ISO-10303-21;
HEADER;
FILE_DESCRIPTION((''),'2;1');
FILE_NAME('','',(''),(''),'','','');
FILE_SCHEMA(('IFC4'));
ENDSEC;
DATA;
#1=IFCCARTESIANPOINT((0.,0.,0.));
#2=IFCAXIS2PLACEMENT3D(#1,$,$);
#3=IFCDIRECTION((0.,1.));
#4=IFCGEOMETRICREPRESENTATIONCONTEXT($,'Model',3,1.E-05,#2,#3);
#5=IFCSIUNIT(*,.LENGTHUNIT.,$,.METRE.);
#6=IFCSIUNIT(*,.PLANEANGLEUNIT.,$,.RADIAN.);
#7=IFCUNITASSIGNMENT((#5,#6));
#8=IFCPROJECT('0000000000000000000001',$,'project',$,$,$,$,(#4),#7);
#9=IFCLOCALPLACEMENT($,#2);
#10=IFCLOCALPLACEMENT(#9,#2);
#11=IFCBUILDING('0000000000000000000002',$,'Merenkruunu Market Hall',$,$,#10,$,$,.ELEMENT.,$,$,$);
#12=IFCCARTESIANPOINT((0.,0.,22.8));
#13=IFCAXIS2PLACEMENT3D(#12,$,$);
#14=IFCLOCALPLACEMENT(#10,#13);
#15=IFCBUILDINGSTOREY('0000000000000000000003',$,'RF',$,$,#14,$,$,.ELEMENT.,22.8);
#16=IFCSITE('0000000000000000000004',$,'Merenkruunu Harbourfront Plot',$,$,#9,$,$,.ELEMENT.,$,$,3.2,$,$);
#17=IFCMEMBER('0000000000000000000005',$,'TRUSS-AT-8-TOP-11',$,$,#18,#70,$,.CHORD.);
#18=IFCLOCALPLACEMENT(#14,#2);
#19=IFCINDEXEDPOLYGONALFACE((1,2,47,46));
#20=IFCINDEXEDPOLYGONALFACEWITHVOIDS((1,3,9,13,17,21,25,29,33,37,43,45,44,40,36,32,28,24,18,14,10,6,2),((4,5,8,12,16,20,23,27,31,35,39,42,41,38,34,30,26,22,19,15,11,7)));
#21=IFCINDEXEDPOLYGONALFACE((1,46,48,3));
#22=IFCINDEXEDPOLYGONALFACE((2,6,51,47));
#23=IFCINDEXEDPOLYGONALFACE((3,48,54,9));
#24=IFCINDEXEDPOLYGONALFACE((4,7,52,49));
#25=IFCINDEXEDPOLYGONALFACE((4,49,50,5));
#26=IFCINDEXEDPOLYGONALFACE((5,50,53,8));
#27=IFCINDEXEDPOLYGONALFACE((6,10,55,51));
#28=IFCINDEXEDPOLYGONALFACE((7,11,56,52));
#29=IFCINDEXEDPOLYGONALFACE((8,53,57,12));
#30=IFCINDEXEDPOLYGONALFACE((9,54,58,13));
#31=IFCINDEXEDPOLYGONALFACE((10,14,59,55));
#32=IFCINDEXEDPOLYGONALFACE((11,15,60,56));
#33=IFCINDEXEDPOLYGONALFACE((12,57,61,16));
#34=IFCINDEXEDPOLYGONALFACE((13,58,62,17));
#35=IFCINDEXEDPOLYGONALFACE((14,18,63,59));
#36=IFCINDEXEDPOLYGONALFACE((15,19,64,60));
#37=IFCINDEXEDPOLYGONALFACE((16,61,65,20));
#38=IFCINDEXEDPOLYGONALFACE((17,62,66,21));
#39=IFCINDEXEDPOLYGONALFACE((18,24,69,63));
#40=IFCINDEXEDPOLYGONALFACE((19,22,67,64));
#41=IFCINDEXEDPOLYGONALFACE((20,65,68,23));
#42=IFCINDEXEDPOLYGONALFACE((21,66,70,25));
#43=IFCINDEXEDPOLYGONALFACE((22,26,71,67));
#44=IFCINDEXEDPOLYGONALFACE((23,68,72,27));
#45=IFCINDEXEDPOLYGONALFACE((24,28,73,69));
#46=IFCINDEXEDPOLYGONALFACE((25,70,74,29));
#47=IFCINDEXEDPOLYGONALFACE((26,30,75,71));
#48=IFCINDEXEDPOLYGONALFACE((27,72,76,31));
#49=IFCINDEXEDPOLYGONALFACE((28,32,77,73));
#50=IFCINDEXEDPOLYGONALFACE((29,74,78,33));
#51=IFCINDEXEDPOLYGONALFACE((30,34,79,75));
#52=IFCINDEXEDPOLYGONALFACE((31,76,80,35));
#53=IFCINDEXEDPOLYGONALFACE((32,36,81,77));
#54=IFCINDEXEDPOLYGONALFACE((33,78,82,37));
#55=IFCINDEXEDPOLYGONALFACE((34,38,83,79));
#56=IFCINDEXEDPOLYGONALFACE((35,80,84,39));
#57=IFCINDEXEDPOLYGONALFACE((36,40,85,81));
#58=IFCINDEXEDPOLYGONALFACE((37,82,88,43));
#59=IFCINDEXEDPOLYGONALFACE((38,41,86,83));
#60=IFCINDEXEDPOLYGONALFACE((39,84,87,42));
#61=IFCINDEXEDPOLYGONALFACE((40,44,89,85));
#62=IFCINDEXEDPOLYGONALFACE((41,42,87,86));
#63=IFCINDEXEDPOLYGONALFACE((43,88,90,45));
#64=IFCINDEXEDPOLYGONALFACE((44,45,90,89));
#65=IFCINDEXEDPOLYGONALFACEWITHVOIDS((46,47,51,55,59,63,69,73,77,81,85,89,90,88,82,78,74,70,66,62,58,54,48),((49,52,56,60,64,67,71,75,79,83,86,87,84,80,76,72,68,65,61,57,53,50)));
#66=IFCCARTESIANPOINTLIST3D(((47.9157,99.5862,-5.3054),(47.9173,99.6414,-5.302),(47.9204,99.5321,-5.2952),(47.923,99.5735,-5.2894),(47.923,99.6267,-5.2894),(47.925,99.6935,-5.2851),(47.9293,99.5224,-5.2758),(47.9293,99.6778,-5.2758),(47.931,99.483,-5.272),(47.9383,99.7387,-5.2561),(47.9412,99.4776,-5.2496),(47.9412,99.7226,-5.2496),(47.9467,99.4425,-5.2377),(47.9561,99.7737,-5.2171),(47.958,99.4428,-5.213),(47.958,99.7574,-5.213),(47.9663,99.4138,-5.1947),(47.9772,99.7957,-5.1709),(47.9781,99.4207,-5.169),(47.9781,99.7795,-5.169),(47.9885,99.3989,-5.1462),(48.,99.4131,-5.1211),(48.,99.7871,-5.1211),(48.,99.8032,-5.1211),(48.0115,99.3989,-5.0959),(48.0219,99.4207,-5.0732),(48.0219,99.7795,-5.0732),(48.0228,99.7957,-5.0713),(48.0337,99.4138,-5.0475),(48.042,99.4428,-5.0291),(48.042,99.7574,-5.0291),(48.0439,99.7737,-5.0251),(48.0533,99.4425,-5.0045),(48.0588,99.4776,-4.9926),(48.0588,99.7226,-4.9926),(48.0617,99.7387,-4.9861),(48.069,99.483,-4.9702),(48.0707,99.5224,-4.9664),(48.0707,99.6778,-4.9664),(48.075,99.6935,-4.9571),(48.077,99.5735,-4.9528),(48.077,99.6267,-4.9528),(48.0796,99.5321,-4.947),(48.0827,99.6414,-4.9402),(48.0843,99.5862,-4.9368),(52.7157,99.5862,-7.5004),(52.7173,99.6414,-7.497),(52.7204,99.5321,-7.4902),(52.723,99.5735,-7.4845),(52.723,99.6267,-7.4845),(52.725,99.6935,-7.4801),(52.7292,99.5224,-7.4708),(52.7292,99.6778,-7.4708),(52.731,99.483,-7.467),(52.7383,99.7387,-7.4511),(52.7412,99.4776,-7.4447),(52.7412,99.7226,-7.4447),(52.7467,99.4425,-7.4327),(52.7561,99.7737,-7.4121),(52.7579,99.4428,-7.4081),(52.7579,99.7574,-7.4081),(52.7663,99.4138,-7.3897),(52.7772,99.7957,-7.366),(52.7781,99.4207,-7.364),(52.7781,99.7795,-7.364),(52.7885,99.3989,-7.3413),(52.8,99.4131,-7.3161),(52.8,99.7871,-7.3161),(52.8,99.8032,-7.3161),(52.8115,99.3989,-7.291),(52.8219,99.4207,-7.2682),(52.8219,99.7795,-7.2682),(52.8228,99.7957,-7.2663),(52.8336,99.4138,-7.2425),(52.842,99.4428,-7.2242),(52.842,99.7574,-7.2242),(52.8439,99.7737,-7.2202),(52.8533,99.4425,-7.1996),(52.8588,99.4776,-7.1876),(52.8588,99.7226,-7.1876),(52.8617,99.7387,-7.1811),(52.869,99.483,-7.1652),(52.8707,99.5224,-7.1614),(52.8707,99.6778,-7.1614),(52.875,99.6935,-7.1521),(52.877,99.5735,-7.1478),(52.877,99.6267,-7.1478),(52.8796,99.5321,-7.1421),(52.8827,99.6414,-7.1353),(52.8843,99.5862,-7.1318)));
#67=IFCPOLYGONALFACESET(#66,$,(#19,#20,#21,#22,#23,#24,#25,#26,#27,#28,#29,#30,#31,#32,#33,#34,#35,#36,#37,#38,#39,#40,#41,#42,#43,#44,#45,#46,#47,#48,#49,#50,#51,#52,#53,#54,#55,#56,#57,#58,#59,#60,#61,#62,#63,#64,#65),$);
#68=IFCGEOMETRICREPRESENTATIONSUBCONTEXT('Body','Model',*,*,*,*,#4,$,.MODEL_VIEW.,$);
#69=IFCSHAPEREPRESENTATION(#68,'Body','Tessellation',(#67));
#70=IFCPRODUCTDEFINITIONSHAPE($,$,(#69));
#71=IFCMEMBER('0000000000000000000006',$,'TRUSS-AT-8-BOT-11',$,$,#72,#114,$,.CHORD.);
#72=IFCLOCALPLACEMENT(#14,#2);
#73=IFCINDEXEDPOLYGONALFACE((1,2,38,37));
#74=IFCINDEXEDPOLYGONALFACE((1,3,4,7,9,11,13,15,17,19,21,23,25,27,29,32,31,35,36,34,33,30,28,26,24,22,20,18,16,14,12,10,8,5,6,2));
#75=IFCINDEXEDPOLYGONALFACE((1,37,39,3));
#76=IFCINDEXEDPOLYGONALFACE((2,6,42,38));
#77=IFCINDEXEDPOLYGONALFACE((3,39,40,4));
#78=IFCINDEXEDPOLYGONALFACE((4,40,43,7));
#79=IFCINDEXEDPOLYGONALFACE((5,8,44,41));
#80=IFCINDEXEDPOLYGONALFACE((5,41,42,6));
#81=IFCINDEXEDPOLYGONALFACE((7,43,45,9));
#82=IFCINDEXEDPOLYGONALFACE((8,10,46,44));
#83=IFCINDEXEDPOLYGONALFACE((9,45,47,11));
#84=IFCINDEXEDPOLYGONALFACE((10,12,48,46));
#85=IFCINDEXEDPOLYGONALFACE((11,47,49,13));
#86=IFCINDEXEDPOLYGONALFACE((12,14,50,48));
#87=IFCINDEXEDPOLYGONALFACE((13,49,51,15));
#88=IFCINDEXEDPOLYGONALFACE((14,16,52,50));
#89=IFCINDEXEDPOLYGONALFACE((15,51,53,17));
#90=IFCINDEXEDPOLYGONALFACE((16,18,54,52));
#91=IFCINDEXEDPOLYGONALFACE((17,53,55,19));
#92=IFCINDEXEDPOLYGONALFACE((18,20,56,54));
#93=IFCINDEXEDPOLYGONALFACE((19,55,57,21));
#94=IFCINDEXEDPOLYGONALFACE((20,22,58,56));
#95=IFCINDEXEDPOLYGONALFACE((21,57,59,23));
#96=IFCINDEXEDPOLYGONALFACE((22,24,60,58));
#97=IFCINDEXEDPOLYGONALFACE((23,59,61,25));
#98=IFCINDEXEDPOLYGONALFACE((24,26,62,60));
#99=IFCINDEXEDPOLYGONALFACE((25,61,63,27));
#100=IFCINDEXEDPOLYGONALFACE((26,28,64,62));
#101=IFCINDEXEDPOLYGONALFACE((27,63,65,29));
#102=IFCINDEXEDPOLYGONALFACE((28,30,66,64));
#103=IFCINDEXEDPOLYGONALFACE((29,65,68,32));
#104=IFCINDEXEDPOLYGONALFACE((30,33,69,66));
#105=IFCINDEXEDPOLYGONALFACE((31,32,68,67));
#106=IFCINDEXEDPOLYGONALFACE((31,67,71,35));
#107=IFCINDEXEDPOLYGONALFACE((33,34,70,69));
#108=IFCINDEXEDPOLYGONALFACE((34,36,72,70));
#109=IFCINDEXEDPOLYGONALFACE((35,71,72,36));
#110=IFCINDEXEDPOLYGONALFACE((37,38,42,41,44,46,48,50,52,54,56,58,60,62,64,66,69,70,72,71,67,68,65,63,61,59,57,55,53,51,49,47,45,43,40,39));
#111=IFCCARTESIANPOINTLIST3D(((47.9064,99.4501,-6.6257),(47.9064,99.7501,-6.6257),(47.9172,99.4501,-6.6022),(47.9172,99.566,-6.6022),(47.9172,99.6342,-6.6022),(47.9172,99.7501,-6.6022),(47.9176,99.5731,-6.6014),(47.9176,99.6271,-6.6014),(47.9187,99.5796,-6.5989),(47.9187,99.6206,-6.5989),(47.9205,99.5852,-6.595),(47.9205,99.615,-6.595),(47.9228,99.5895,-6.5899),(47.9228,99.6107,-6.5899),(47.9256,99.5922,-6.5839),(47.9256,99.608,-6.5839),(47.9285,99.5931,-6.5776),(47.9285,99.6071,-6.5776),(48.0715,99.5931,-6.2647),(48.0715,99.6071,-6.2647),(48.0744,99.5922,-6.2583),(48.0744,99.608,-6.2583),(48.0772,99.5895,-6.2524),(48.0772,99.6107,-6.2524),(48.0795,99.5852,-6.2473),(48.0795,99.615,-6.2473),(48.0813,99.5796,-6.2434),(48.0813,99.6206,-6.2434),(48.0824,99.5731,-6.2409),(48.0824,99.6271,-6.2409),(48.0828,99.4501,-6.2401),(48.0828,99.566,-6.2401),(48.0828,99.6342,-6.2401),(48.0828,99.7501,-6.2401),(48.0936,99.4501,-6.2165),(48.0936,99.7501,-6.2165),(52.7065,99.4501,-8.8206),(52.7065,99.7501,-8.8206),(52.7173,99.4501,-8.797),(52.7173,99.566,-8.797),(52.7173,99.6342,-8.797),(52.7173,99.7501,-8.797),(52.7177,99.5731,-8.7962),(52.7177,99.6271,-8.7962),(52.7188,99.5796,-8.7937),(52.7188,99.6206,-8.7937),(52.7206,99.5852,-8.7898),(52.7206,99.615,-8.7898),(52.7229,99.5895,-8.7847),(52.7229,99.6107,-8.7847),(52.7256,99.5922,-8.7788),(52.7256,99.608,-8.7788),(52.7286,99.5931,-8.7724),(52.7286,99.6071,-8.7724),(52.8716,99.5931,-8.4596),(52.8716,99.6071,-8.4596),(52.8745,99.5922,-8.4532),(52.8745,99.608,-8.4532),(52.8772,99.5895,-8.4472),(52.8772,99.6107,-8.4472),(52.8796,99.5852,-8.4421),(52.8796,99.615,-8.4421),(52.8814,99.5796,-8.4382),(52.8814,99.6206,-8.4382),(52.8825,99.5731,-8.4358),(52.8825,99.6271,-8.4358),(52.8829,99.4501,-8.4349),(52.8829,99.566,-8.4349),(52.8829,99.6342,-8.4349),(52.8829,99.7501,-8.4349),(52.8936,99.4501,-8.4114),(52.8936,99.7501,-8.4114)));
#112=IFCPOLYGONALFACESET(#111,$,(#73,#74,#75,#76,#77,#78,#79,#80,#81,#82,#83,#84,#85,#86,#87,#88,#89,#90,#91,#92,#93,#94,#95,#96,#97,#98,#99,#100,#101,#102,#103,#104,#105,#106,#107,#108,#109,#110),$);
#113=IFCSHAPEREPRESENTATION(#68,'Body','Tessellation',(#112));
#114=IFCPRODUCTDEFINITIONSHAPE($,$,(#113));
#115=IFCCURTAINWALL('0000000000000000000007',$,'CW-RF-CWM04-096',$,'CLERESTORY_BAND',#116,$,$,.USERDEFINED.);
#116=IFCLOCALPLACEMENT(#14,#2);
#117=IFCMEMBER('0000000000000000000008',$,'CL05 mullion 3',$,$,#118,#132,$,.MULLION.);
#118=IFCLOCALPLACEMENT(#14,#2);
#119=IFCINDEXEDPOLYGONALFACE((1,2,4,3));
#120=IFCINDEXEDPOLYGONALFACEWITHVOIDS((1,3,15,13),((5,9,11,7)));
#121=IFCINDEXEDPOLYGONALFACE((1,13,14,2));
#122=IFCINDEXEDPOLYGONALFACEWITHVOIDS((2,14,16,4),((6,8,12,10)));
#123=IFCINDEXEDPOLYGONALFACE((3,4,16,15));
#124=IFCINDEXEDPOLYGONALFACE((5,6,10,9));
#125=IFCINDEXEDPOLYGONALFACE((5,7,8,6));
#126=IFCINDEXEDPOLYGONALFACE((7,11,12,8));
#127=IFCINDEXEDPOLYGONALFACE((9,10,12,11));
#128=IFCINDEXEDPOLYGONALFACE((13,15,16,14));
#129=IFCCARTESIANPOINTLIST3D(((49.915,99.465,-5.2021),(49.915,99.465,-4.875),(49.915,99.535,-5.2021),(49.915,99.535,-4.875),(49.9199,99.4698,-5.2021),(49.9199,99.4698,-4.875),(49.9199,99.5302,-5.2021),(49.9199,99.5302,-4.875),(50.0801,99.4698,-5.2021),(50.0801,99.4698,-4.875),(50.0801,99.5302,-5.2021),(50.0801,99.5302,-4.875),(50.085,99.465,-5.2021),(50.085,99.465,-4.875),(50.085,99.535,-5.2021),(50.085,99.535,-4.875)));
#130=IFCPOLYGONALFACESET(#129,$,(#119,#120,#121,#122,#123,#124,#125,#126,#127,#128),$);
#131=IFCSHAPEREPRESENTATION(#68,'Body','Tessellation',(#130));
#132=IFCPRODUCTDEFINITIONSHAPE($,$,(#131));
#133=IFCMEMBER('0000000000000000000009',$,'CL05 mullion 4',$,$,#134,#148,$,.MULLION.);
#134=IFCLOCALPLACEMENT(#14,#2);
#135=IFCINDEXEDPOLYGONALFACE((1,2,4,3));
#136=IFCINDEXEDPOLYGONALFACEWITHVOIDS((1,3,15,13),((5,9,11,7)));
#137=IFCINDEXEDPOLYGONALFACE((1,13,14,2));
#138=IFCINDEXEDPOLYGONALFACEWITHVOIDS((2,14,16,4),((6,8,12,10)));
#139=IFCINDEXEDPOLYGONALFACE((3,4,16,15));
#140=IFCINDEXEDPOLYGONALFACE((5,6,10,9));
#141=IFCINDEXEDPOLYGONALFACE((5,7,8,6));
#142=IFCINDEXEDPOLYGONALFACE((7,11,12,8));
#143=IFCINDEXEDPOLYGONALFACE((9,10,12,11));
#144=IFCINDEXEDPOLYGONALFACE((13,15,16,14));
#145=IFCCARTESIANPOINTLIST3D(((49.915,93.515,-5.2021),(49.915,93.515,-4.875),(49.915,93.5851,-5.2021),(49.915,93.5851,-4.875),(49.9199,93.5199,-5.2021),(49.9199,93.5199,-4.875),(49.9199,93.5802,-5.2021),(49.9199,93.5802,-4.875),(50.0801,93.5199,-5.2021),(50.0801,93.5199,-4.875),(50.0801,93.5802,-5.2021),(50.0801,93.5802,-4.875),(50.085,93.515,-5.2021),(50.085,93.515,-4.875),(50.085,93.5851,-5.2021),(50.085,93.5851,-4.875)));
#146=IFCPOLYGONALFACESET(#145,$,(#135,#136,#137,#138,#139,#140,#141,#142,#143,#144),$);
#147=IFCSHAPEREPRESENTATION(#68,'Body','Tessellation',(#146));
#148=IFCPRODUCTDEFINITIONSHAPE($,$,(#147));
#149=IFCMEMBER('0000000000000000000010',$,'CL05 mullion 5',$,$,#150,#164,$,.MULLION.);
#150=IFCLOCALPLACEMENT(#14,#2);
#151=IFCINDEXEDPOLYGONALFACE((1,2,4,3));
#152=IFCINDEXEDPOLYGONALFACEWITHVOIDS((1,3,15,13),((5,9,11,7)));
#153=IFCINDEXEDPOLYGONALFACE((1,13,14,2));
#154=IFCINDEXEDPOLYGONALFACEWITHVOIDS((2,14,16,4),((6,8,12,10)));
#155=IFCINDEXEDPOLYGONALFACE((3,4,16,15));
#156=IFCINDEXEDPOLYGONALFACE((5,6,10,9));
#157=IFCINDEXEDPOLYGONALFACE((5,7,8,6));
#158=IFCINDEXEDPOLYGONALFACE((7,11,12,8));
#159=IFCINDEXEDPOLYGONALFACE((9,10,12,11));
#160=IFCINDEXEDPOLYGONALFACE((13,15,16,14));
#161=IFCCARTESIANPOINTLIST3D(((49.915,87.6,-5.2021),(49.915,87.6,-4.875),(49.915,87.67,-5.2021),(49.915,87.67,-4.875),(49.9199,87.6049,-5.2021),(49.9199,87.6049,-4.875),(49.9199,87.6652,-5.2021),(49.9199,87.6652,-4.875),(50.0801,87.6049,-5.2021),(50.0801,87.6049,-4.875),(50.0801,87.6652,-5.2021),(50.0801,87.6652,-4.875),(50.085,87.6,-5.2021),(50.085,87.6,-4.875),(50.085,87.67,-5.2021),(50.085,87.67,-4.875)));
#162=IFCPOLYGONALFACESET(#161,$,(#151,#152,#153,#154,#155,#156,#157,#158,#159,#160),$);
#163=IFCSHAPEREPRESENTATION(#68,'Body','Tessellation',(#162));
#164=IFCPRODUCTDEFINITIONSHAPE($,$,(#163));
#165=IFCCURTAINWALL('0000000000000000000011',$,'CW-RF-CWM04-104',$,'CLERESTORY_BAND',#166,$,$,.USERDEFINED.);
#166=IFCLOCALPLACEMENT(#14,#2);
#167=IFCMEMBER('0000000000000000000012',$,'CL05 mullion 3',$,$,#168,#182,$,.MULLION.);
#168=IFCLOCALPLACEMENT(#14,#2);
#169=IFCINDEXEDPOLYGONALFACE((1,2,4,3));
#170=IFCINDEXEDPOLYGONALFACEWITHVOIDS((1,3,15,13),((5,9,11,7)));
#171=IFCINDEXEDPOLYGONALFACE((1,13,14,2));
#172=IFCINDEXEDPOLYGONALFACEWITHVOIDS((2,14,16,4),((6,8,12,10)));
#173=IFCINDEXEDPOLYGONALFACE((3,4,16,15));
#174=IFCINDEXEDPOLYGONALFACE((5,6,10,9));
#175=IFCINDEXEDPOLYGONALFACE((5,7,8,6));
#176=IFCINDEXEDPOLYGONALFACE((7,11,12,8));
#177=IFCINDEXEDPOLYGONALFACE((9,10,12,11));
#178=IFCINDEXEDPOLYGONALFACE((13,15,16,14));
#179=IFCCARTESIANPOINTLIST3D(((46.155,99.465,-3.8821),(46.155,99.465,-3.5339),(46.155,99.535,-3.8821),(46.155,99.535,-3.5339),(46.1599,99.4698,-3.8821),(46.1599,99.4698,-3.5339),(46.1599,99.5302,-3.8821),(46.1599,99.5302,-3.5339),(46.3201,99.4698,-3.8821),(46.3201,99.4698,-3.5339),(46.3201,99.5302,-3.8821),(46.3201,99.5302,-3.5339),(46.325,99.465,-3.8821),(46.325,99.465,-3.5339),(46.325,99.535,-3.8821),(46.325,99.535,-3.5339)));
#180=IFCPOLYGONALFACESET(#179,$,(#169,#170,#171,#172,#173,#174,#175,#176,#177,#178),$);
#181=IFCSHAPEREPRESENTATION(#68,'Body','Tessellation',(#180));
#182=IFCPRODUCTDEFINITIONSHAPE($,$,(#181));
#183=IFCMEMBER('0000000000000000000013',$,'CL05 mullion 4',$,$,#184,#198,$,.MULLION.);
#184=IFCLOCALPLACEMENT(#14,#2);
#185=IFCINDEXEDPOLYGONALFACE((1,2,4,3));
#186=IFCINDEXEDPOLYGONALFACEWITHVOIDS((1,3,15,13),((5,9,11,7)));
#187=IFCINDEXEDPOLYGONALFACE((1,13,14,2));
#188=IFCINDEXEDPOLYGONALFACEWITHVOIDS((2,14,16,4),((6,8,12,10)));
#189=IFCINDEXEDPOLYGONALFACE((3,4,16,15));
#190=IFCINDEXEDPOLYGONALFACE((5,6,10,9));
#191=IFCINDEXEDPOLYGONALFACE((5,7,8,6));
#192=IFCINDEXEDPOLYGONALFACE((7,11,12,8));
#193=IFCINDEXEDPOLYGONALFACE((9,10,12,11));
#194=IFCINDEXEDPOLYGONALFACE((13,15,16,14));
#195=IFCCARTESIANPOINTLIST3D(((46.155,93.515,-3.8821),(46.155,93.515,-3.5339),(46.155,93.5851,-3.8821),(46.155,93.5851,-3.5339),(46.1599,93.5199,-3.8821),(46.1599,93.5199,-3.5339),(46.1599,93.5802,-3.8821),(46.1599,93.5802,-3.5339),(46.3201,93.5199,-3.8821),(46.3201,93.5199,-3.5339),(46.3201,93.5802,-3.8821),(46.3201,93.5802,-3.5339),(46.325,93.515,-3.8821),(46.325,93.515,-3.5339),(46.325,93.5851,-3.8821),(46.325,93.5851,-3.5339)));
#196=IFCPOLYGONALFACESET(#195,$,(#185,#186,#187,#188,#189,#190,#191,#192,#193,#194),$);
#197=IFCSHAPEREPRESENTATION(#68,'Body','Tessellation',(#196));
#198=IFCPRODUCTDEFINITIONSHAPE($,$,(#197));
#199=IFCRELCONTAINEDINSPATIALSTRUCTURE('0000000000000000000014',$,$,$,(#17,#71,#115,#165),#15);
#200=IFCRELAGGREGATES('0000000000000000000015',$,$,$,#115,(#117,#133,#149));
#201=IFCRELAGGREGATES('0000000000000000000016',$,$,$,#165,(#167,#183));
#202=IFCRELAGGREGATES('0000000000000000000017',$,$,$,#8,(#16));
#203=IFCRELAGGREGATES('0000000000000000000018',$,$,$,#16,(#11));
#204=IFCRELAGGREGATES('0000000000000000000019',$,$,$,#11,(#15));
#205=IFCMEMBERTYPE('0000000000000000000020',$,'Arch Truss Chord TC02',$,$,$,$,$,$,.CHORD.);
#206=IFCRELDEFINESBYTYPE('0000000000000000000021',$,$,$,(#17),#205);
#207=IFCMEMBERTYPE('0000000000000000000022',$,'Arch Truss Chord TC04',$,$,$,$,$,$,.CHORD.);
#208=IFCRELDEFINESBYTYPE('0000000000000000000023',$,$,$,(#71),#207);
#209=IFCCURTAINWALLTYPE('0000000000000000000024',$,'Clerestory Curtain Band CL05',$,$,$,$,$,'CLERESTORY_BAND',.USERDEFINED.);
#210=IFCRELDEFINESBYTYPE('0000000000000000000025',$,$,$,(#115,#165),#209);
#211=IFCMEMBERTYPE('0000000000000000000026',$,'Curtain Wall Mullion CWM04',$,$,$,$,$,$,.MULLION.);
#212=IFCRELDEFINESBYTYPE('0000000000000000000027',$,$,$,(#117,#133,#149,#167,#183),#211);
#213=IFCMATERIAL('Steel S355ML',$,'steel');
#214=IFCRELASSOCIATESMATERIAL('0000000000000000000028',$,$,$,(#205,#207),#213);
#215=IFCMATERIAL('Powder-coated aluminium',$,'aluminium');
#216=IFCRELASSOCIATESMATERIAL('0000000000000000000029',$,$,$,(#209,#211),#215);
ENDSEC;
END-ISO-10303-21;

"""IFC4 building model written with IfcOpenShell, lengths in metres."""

from ifc_helpers import new_model, si_unit, direction, frame, origin, origin_2d, place, context, subcontext, project, spatial, hollow_rectangle, hollow_circle, i_section, extrude, material, material_profile, profile_set, type_object, element, aggregate, save


model = new_model("IFC4")

# Units and contexts
model_context = context("Model", 3, precision=1e-05, world=origin(), true_north=direction((0.0, 1.0)))
body_context = subcontext(model_context, "Body", "Model", "MODEL_VIEW")
ifc_project = project(units=[si_unit("LENGTHUNIT", "METRE"), si_unit("PLANEANGLEUNIT", "RADIAN")], contexts=[model_context])

# Site, building, storey
site_placement = place(None, origin())
site = spatial("IfcSite", under=ifc_project, at=site_placement, Name="Merenkruunu Harbourfront Plot", CompositionType="ELEMENT", RefElevation=3.2)
building_placement = place(site_placement, origin())
building = spatial("IfcBuilding", under=site, at=building_placement, Name="Merenkruunu Market Hall", CompositionType="ELEMENT")
storey_placement = place(building_placement, frame((0.0, 0.0, 22.8)))
storey = spatial("IfcBuildingStorey", under=building, at=storey_placement, Name="RF", CompositionType="ELEMENT", Elevation=22.8)

# Members
ifc_material_1 = material(Name="Steel S355ML", Category="steel")
ifc_material_profile_1 = material_profile(ifc_material_1, hollow_circle(Radius=0.2031, WallThickness=0.0161, at=origin_2d()), Name="CHS 406.4x16")
ifc_profile_set_1 = profile_set([ifc_material_profile_1], Name="Steel S355ML")
member_type_1 = type_object("IfcMemberType", Name="Arch Truss Chord TC02", PredefinedType="CHORD", material=ifc_profile_set_1)
member_1_placement = place(storey_placement, frame((48.0, 99.6001, -5.1211), z_axis=(0.90942, 0.0, -0.415879), x_axis=(0.0, 1.0, 0.0)))
element("IfcMember", 1, at=member_1_placement, inside=storey, type_object=member_type_1, Name="TRUSS-AT-8-TOP-11", PredefinedType="CHORD", context=body_context, shape_type="SweptSolid", body=[
    extrude(hollow_circle(Radius=0.2031, WallThickness=0.0161, at=origin_2d()), origin(), (0.0, 0.0, 1.0), 5.2781),
])
ifc_material_profile_2 = material_profile(ifc_material_1, i_section(OverallWidth=0.3, OverallDepth=0.45, WebThickness=0.0139, FlangeThickness=0.0259, FilletRadius=0.0271, at=origin_2d()), Name="HEB 450")
ifc_profile_set_2 = profile_set([ifc_material_profile_2], Name="Steel S355ML")
member_type_2 = type_object("IfcMemberType", Name="Arch Truss Chord TC04", PredefinedType="CHORD", material=ifc_profile_set_2)
member_2_placement = place(storey_placement, frame((48.0, 99.6001, -6.4211), z_axis=(0.909437, 0.0, -0.415841), x_axis=(0.0, 1.0, 0.0)))
element("IfcMember", 2, at=member_2_placement, inside=storey, type_object=member_type_2, Name="TRUSS-AT-8-BOT-11", PredefinedType="CHORD", context=body_context, shape_type="SweptSolid", body=[
    extrude(i_section(OverallWidth=0.3, OverallDepth=0.45, WebThickness=0.0139, FlangeThickness=0.0259, FilletRadius=0.0271, at=origin_2d()), origin(), (0.0, 0.0, 1.0), 5.2781),
])

# Curtain walls, members
ifc_material_2 = material(Name="Powder-coated aluminium", Category="aluminium")
curtain_wall_type = type_object("IfcCurtainWallType", Name="Clerestory Curtain Band CL05", ElementType="CLERESTORY_BAND", PredefinedType="USERDEFINED", material=ifc_material_2)
curtain_wall_1_placement = place(storey_placement, origin())
curtain_wall_1 = element("IfcCurtainWall", 3, at=curtain_wall_1_placement, inside=storey, type_object=curtain_wall_type, Name="CW-RF-CWM04-096", ObjectType="CLERESTORY_BAND", PredefinedType="USERDEFINED")
ifc_material_profile_3 = material_profile(ifc_material_2, hollow_rectangle(XDim=0.0701, YDim=0.1699, WallThickness=0.0049, at=origin_2d()), Name="ALU 70x170x5")
ifc_profile_set_3 = profile_set([ifc_material_profile_3], Name="Powder-coated aluminium")
member_type_3 = type_object("IfcMemberType", Name="Curtain Wall Mullion CWM04", PredefinedType="MULLION", material=ifc_profile_set_3)
member_3_placement = place(storey_placement, frame((50.0, 99.5, -5.2021), z_axis=(0.0, 0.0, 1.0), x_axis=(0.0, -1.0, 0.0)))
member_3 = element("IfcMember", 4, at=member_3_placement, type_object=member_type_3, Name="CL05 mullion 3", PredefinedType="MULLION", context=body_context, shape_type="SweptSolid", body=[
    extrude(hollow_rectangle(XDim=0.0701, YDim=0.1699, WallThickness=0.0049, at=origin_2d()), origin(), (0.0, 0.0, 1.0), 0.3271),
])
member_4_placement = place(storey_placement, frame((50.0, 93.55, -5.2021), z_axis=(0.0, 0.0, 1.0), x_axis=(0.0, -1.0, 0.0)))
member_4 = element("IfcMember", 5, at=member_4_placement, type_object=member_type_3, Name="CL05 mullion 4", PredefinedType="MULLION", context=body_context, shape_type="SweptSolid", body=[
    extrude(hollow_rectangle(XDim=0.0701, YDim=0.1699, WallThickness=0.0049, at=origin_2d()), origin(), (0.0, 0.0, 1.0), 0.3271),
])
member_5_placement = place(storey_placement, frame((50.0, 87.635, -5.2021), z_axis=(0.0, 0.0, 1.0), x_axis=(0.0, -1.0, 0.0)))
member_5 = element("IfcMember", 6, at=member_5_placement, type_object=member_type_3, Name="CL05 mullion 5", PredefinedType="MULLION", context=body_context, shape_type="SweptSolid", body=[
    extrude(hollow_rectangle(XDim=0.0701, YDim=0.1699, WallThickness=0.0049, at=origin_2d()), origin(), (0.0, 0.0, 1.0), 0.3271),
])
curtain_wall_2_placement = place(storey_placement, origin())
curtain_wall_2 = element("IfcCurtainWall", 7, at=curtain_wall_2_placement, inside=storey, type_object=curtain_wall_type, Name="CW-RF-CWM04-104", ObjectType="CLERESTORY_BAND", PredefinedType="USERDEFINED")
member_6_placement = place(storey_placement, frame((46.24, 99.5, -3.8821), z_axis=(0.0, 0.0, 1.0), x_axis=(0.0, -1.0, 0.0)))
member_6 = element("IfcMember", 8, at=member_6_placement, type_object=member_type_3, Name="CL05 mullion 3", PredefinedType="MULLION", context=body_context, shape_type="SweptSolid", body=[
    extrude(hollow_rectangle(XDim=0.0701, YDim=0.1699, WallThickness=0.0049, at=origin_2d()), origin(), (0.0, 0.0, 1.0), 0.3481),
])
member_7_placement = place(storey_placement, frame((46.24, 93.55, -3.8821), z_axis=(0.0, 0.0, 1.0), x_axis=(0.0, -1.0, 0.0)))
member_7 = element("IfcMember", 9, at=member_7_placement, type_object=member_type_3, Name="CL05 mullion 4", PredefinedType="MULLION", context=body_context, shape_type="SweptSolid", body=[
    extrude(hollow_rectangle(XDim=0.0701, YDim=0.1699, WallThickness=0.0049, at=origin_2d()), origin(), (0.0, 0.0, 1.0), 0.3481),
])

aggregate(curtain_wall_1, [member_3, member_4, member_5])
aggregate(curtain_wall_2, [member_6, member_7])

save(model, "model.ifc")
